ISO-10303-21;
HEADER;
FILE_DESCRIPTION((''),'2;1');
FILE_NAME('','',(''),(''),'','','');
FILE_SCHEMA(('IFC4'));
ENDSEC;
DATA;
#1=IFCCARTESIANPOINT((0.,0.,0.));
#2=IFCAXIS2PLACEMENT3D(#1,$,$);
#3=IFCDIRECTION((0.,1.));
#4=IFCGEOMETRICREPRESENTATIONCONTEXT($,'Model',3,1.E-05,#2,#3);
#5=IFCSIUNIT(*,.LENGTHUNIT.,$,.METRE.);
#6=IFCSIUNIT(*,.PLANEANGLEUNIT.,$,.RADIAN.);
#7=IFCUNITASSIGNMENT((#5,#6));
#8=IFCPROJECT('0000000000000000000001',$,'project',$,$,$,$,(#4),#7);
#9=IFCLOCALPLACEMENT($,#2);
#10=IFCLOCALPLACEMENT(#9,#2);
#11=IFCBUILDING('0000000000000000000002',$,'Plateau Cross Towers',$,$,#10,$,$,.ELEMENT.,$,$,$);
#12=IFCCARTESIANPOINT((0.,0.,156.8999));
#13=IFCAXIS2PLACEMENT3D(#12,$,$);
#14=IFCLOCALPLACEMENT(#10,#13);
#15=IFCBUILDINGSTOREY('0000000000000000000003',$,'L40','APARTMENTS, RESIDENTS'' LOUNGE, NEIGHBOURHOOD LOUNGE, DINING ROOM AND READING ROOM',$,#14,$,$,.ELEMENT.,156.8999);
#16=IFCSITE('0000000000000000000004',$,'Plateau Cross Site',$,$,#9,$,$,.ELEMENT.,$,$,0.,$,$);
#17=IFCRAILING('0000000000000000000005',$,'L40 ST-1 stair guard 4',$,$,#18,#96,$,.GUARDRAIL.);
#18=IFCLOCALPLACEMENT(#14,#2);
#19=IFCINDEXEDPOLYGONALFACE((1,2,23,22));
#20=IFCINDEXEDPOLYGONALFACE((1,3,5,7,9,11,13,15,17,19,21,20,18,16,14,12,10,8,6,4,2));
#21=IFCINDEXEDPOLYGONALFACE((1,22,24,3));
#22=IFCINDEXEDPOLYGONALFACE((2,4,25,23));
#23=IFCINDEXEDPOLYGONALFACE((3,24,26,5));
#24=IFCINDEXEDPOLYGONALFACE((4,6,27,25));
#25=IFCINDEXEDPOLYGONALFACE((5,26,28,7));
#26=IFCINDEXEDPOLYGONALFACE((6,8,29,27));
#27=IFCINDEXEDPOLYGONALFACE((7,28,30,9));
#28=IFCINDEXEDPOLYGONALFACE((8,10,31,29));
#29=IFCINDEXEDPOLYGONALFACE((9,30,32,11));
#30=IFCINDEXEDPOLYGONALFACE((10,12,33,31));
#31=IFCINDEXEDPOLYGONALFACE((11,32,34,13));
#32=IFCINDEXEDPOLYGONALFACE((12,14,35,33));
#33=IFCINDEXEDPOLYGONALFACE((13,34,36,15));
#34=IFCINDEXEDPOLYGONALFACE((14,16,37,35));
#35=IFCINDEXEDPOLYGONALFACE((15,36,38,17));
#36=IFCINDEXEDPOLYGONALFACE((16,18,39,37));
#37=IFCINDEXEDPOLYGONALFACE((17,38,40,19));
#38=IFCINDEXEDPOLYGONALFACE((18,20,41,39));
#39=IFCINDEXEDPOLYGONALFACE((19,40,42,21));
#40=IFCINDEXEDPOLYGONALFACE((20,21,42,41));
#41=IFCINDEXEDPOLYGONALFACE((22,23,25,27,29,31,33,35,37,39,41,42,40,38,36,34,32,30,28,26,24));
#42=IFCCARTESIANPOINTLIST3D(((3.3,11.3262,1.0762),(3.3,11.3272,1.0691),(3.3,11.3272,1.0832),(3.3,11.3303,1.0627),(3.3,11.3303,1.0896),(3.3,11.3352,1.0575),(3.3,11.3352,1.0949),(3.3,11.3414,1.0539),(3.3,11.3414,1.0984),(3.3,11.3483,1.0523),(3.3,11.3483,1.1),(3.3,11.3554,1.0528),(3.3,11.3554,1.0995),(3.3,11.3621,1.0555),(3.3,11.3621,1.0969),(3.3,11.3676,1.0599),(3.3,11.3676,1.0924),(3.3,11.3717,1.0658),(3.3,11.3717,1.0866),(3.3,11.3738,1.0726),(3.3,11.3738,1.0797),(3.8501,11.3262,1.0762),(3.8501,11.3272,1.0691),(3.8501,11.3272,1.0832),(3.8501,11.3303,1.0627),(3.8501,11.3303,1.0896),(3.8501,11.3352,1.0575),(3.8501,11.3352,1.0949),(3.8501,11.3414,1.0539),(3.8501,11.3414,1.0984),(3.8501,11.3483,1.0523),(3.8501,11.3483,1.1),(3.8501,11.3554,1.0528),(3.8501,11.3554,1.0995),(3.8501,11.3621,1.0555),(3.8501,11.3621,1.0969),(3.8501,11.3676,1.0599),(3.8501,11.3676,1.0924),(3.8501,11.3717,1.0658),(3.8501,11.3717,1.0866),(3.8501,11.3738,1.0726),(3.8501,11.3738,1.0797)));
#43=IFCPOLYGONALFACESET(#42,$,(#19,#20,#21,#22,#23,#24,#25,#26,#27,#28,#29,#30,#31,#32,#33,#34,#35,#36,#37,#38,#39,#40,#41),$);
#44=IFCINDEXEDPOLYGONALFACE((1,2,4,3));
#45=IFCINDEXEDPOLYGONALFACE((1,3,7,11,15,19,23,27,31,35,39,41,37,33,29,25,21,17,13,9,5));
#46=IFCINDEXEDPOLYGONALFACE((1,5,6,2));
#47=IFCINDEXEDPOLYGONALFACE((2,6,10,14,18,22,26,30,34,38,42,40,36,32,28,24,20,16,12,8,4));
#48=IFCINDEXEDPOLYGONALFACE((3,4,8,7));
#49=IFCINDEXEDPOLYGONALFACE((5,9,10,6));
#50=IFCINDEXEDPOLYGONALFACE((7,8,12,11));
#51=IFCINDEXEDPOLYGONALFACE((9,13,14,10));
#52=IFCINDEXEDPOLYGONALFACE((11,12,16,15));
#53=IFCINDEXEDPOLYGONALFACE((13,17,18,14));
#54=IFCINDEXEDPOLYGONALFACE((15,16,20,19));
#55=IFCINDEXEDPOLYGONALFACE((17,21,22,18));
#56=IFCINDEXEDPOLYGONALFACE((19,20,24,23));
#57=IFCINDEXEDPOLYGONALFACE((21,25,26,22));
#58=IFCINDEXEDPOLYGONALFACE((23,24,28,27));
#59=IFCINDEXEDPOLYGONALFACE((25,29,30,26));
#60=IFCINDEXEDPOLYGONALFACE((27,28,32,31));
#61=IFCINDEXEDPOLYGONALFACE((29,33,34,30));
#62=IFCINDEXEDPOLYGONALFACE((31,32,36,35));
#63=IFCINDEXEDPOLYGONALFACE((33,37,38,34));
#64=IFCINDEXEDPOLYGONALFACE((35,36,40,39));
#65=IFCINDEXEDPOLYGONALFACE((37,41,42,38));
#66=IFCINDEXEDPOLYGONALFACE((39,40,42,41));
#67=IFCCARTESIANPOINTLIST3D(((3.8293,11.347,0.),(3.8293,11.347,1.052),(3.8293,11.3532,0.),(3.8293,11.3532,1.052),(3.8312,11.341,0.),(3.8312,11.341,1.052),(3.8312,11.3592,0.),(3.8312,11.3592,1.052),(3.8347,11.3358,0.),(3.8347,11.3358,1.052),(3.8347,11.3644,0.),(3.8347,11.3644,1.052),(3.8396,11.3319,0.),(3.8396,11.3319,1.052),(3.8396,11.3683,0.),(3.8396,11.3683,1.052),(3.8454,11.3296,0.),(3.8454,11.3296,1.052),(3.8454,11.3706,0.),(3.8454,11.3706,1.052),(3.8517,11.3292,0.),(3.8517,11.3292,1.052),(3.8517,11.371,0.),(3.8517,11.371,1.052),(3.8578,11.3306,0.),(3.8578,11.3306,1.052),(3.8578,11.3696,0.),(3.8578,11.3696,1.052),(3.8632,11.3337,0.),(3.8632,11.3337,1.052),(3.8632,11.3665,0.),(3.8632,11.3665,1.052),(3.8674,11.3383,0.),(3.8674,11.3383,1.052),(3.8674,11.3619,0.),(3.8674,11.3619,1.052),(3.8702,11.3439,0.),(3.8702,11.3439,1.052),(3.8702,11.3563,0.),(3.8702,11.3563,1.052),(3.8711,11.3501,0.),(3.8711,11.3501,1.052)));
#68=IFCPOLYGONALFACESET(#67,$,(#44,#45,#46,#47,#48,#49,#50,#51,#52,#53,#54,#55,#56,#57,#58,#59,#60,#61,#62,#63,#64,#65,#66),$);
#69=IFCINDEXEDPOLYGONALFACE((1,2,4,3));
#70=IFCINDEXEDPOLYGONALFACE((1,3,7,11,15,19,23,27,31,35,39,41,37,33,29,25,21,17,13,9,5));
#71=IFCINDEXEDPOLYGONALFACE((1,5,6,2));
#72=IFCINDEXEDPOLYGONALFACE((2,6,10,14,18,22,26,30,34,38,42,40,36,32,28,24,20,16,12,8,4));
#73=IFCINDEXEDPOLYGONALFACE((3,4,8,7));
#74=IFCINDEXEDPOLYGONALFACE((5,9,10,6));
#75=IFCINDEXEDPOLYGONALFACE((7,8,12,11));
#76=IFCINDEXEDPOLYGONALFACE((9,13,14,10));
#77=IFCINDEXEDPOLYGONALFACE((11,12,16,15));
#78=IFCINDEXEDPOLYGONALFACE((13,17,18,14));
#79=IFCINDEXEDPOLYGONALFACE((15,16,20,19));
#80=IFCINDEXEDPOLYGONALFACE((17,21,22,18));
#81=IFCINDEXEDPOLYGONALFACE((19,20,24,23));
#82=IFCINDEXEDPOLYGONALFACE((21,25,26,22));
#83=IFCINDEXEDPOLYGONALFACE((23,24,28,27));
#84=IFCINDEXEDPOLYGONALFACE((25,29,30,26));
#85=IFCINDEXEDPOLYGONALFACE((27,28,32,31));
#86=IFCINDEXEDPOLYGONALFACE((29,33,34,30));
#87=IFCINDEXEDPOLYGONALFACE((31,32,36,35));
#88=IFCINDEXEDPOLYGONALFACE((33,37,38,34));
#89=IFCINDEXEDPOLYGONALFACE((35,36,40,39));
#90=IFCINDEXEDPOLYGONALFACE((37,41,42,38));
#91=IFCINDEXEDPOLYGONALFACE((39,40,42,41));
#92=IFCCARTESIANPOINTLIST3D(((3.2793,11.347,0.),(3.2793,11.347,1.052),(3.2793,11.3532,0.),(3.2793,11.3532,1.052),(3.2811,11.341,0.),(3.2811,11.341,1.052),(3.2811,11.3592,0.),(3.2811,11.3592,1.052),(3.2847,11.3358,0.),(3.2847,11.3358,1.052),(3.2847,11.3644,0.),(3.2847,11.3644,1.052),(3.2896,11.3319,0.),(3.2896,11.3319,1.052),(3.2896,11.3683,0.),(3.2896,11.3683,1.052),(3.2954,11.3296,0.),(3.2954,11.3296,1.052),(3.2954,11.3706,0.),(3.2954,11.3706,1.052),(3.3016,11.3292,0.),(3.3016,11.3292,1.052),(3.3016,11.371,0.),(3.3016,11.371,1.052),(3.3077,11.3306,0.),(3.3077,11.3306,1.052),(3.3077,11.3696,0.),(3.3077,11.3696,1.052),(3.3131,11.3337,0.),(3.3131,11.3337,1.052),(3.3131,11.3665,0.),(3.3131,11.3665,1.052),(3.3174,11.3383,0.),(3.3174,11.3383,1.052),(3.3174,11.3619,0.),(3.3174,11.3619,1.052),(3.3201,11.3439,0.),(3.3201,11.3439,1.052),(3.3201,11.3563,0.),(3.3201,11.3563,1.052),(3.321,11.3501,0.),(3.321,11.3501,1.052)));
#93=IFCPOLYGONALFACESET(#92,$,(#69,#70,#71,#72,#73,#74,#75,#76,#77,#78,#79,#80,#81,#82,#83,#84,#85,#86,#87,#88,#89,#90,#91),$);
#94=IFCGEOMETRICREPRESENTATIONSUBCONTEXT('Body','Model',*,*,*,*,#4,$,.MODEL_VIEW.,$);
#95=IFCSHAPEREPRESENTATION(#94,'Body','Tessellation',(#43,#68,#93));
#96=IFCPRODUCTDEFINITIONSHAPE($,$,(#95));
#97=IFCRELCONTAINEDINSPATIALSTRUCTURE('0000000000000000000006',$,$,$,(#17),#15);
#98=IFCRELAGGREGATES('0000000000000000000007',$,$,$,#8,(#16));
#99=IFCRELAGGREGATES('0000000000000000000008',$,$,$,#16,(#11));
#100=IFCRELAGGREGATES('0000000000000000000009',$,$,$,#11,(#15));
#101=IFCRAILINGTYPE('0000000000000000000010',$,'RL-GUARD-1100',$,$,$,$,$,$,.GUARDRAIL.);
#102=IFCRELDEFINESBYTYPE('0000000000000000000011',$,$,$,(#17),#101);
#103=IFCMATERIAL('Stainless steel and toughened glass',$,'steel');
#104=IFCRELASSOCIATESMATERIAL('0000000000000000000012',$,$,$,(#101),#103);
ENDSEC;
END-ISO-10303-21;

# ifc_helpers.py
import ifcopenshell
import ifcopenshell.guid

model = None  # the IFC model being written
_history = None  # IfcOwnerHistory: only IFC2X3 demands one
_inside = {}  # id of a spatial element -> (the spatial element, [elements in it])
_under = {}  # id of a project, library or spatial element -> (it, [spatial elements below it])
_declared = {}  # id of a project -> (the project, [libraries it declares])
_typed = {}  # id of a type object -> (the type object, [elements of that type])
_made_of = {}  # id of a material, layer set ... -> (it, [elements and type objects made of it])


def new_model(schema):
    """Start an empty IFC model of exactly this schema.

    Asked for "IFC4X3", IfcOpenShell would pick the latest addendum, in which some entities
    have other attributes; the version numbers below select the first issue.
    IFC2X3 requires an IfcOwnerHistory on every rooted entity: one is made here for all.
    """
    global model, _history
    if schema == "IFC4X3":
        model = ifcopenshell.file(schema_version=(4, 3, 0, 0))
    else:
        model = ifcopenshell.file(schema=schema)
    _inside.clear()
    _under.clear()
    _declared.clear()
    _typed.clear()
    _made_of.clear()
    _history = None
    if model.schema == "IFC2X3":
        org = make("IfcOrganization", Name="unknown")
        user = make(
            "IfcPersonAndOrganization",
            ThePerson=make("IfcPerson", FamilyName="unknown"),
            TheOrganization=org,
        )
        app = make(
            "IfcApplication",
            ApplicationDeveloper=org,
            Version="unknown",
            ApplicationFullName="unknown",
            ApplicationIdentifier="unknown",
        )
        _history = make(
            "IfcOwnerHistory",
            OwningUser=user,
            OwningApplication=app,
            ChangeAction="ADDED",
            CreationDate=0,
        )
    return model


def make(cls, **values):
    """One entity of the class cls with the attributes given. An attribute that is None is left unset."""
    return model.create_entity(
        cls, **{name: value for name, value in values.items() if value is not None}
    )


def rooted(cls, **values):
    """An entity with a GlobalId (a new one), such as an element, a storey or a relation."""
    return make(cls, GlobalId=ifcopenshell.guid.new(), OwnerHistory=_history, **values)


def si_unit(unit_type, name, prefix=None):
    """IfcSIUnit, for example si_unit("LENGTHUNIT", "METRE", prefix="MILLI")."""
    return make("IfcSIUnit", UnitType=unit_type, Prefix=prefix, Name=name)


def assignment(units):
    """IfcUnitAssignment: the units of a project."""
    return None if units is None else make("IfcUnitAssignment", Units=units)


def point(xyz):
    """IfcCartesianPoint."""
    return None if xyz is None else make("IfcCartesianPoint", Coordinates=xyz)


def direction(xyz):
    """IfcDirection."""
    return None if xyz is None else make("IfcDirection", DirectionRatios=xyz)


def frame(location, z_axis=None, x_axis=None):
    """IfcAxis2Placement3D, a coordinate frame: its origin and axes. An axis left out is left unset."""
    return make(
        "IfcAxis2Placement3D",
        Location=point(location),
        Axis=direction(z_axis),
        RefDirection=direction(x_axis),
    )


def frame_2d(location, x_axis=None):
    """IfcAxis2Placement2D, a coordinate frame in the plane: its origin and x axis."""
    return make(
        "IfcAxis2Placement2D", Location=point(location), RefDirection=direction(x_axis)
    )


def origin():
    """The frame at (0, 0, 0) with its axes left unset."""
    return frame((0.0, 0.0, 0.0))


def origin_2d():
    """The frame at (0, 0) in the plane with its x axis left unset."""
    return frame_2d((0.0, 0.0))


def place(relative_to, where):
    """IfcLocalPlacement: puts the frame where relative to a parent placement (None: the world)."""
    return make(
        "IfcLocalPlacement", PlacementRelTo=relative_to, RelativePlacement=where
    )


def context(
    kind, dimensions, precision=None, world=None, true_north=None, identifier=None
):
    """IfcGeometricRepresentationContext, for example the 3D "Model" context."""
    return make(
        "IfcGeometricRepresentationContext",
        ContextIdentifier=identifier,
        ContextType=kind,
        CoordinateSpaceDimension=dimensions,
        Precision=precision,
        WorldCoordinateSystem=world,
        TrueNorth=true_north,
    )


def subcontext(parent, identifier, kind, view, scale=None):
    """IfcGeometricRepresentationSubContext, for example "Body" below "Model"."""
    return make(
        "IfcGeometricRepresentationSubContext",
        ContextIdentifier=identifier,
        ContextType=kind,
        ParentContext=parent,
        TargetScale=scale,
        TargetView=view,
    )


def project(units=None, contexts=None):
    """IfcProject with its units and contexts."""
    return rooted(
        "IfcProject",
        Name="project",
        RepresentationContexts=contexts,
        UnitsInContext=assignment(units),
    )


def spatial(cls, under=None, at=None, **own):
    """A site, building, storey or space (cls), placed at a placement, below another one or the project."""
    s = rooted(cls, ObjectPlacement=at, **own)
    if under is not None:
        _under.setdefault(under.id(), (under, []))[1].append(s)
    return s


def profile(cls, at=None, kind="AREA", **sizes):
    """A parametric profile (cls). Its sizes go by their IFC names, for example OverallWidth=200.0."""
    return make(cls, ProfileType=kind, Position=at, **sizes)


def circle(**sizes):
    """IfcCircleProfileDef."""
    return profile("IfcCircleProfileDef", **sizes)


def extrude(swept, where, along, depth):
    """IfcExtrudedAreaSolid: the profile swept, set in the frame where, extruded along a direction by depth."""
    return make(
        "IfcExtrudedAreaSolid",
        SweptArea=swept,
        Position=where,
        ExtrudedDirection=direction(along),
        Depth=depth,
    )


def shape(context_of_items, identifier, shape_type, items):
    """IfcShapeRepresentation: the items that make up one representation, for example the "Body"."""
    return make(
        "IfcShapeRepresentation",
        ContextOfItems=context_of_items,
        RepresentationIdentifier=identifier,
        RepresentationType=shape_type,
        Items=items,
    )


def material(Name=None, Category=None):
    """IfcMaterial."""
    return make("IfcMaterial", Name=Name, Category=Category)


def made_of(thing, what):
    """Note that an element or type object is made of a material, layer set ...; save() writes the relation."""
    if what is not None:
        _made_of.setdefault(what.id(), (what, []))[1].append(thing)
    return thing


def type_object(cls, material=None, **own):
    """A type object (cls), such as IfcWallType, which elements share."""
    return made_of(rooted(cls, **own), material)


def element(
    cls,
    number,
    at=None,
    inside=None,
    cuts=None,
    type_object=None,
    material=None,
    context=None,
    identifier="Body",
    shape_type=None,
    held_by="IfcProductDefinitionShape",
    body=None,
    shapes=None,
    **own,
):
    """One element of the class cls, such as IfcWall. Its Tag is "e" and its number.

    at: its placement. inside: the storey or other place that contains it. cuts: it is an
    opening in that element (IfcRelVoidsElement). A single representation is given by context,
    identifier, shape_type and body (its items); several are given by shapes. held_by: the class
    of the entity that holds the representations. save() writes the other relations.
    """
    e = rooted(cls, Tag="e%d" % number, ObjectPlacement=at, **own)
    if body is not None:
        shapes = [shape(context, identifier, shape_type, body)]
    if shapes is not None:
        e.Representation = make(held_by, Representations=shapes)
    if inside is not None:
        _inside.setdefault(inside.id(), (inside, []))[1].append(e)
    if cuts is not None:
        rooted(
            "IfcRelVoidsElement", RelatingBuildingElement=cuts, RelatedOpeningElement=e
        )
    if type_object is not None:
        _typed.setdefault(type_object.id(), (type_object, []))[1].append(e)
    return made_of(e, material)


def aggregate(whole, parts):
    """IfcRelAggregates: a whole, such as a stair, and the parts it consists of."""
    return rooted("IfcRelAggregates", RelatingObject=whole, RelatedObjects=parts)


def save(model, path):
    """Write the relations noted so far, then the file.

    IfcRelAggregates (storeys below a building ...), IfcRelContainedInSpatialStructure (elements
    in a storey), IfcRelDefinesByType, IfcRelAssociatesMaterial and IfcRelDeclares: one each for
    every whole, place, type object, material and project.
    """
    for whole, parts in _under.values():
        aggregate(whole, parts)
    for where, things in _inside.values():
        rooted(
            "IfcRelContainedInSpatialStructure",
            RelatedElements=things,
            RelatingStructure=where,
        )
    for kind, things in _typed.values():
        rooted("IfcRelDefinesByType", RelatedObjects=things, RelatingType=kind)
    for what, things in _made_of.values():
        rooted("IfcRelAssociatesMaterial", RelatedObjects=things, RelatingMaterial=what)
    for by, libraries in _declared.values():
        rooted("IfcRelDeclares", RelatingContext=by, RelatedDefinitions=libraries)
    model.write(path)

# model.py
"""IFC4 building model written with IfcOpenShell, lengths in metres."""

from ifc_helpers import new_model, si_unit, direction, frame, origin, origin_2d, place, context, subcontext, project, spatial, circle, extrude, material, type_object, element, save


model = new_model("IFC4")

# Units and contexts
model_context = context("Model", 3, precision=1e-05, world=origin(), true_north=direction((0.0, 1.0)))
body_context = subcontext(model_context, "Body", "Model", "MODEL_VIEW")
ifc_project = project(units=[si_unit("LENGTHUNIT", "METRE"), si_unit("PLANEANGLEUNIT", "RADIAN")], contexts=[model_context])

# Site, building, storey
site_placement = place(None, origin())
site = spatial("IfcSite", under=ifc_project, at=site_placement, Name="Plateau Cross Site", CompositionType="ELEMENT", RefElevation=0.0)
building_placement = place(site_placement, origin())
building = spatial("IfcBuilding", under=site, at=building_placement, Name="Plateau Cross Towers", CompositionType="ELEMENT")
storey_placement = place(building_placement, frame((0.0, 0.0, 156.8999)))
storey = spatial("IfcBuildingStorey", under=building, at=storey_placement, Name="L40", Description="APARTMENTS, RESIDENTS' LOUNGE, NEIGHBOURHOOD LOUNGE, DINING ROOM AND READING ROOM", CompositionType="ELEMENT", Elevation=156.8999)

# Railing
ifc_material_1 = material(Name="Stainless steel and toughened glass", Category="steel")
railing_type_1 = type_object("IfcRailingType", Name="RL-GUARD-1100", PredefinedType="GUARDRAIL", material=ifc_material_1)
railing_1_placement = place(storey_placement, frame((3.8501, 11.3501, 0.0)))
element("IfcRailing", 1, at=railing_1_placement, inside=storey, type_object=railing_type_1, Name="L40 ST-1 stair guard 4", PredefinedType="GUARDRAIL", context=body_context, shape_type="SweptSolid", body=[
    extrude(circle(Radius=0.0239, at=origin_2d()), frame((0.0, 0.0, 1.0762), z_axis=(-1.0, 0.0, 0.0), x_axis=(0.0, -1.0, 0.0)), (0.0, 0.0, 1.0), 0.55),
    extrude(circle(Radius=0.021, at=origin_2d()), origin(), (0.0, 0.0, 1.0), 1.052),
    extrude(circle(Radius=0.021, at=origin_2d()), frame((-0.55, 0.0, 0.0)), (0.0, 0.0, 1.0), 1.052),
])

save(model, "model.ifc")
